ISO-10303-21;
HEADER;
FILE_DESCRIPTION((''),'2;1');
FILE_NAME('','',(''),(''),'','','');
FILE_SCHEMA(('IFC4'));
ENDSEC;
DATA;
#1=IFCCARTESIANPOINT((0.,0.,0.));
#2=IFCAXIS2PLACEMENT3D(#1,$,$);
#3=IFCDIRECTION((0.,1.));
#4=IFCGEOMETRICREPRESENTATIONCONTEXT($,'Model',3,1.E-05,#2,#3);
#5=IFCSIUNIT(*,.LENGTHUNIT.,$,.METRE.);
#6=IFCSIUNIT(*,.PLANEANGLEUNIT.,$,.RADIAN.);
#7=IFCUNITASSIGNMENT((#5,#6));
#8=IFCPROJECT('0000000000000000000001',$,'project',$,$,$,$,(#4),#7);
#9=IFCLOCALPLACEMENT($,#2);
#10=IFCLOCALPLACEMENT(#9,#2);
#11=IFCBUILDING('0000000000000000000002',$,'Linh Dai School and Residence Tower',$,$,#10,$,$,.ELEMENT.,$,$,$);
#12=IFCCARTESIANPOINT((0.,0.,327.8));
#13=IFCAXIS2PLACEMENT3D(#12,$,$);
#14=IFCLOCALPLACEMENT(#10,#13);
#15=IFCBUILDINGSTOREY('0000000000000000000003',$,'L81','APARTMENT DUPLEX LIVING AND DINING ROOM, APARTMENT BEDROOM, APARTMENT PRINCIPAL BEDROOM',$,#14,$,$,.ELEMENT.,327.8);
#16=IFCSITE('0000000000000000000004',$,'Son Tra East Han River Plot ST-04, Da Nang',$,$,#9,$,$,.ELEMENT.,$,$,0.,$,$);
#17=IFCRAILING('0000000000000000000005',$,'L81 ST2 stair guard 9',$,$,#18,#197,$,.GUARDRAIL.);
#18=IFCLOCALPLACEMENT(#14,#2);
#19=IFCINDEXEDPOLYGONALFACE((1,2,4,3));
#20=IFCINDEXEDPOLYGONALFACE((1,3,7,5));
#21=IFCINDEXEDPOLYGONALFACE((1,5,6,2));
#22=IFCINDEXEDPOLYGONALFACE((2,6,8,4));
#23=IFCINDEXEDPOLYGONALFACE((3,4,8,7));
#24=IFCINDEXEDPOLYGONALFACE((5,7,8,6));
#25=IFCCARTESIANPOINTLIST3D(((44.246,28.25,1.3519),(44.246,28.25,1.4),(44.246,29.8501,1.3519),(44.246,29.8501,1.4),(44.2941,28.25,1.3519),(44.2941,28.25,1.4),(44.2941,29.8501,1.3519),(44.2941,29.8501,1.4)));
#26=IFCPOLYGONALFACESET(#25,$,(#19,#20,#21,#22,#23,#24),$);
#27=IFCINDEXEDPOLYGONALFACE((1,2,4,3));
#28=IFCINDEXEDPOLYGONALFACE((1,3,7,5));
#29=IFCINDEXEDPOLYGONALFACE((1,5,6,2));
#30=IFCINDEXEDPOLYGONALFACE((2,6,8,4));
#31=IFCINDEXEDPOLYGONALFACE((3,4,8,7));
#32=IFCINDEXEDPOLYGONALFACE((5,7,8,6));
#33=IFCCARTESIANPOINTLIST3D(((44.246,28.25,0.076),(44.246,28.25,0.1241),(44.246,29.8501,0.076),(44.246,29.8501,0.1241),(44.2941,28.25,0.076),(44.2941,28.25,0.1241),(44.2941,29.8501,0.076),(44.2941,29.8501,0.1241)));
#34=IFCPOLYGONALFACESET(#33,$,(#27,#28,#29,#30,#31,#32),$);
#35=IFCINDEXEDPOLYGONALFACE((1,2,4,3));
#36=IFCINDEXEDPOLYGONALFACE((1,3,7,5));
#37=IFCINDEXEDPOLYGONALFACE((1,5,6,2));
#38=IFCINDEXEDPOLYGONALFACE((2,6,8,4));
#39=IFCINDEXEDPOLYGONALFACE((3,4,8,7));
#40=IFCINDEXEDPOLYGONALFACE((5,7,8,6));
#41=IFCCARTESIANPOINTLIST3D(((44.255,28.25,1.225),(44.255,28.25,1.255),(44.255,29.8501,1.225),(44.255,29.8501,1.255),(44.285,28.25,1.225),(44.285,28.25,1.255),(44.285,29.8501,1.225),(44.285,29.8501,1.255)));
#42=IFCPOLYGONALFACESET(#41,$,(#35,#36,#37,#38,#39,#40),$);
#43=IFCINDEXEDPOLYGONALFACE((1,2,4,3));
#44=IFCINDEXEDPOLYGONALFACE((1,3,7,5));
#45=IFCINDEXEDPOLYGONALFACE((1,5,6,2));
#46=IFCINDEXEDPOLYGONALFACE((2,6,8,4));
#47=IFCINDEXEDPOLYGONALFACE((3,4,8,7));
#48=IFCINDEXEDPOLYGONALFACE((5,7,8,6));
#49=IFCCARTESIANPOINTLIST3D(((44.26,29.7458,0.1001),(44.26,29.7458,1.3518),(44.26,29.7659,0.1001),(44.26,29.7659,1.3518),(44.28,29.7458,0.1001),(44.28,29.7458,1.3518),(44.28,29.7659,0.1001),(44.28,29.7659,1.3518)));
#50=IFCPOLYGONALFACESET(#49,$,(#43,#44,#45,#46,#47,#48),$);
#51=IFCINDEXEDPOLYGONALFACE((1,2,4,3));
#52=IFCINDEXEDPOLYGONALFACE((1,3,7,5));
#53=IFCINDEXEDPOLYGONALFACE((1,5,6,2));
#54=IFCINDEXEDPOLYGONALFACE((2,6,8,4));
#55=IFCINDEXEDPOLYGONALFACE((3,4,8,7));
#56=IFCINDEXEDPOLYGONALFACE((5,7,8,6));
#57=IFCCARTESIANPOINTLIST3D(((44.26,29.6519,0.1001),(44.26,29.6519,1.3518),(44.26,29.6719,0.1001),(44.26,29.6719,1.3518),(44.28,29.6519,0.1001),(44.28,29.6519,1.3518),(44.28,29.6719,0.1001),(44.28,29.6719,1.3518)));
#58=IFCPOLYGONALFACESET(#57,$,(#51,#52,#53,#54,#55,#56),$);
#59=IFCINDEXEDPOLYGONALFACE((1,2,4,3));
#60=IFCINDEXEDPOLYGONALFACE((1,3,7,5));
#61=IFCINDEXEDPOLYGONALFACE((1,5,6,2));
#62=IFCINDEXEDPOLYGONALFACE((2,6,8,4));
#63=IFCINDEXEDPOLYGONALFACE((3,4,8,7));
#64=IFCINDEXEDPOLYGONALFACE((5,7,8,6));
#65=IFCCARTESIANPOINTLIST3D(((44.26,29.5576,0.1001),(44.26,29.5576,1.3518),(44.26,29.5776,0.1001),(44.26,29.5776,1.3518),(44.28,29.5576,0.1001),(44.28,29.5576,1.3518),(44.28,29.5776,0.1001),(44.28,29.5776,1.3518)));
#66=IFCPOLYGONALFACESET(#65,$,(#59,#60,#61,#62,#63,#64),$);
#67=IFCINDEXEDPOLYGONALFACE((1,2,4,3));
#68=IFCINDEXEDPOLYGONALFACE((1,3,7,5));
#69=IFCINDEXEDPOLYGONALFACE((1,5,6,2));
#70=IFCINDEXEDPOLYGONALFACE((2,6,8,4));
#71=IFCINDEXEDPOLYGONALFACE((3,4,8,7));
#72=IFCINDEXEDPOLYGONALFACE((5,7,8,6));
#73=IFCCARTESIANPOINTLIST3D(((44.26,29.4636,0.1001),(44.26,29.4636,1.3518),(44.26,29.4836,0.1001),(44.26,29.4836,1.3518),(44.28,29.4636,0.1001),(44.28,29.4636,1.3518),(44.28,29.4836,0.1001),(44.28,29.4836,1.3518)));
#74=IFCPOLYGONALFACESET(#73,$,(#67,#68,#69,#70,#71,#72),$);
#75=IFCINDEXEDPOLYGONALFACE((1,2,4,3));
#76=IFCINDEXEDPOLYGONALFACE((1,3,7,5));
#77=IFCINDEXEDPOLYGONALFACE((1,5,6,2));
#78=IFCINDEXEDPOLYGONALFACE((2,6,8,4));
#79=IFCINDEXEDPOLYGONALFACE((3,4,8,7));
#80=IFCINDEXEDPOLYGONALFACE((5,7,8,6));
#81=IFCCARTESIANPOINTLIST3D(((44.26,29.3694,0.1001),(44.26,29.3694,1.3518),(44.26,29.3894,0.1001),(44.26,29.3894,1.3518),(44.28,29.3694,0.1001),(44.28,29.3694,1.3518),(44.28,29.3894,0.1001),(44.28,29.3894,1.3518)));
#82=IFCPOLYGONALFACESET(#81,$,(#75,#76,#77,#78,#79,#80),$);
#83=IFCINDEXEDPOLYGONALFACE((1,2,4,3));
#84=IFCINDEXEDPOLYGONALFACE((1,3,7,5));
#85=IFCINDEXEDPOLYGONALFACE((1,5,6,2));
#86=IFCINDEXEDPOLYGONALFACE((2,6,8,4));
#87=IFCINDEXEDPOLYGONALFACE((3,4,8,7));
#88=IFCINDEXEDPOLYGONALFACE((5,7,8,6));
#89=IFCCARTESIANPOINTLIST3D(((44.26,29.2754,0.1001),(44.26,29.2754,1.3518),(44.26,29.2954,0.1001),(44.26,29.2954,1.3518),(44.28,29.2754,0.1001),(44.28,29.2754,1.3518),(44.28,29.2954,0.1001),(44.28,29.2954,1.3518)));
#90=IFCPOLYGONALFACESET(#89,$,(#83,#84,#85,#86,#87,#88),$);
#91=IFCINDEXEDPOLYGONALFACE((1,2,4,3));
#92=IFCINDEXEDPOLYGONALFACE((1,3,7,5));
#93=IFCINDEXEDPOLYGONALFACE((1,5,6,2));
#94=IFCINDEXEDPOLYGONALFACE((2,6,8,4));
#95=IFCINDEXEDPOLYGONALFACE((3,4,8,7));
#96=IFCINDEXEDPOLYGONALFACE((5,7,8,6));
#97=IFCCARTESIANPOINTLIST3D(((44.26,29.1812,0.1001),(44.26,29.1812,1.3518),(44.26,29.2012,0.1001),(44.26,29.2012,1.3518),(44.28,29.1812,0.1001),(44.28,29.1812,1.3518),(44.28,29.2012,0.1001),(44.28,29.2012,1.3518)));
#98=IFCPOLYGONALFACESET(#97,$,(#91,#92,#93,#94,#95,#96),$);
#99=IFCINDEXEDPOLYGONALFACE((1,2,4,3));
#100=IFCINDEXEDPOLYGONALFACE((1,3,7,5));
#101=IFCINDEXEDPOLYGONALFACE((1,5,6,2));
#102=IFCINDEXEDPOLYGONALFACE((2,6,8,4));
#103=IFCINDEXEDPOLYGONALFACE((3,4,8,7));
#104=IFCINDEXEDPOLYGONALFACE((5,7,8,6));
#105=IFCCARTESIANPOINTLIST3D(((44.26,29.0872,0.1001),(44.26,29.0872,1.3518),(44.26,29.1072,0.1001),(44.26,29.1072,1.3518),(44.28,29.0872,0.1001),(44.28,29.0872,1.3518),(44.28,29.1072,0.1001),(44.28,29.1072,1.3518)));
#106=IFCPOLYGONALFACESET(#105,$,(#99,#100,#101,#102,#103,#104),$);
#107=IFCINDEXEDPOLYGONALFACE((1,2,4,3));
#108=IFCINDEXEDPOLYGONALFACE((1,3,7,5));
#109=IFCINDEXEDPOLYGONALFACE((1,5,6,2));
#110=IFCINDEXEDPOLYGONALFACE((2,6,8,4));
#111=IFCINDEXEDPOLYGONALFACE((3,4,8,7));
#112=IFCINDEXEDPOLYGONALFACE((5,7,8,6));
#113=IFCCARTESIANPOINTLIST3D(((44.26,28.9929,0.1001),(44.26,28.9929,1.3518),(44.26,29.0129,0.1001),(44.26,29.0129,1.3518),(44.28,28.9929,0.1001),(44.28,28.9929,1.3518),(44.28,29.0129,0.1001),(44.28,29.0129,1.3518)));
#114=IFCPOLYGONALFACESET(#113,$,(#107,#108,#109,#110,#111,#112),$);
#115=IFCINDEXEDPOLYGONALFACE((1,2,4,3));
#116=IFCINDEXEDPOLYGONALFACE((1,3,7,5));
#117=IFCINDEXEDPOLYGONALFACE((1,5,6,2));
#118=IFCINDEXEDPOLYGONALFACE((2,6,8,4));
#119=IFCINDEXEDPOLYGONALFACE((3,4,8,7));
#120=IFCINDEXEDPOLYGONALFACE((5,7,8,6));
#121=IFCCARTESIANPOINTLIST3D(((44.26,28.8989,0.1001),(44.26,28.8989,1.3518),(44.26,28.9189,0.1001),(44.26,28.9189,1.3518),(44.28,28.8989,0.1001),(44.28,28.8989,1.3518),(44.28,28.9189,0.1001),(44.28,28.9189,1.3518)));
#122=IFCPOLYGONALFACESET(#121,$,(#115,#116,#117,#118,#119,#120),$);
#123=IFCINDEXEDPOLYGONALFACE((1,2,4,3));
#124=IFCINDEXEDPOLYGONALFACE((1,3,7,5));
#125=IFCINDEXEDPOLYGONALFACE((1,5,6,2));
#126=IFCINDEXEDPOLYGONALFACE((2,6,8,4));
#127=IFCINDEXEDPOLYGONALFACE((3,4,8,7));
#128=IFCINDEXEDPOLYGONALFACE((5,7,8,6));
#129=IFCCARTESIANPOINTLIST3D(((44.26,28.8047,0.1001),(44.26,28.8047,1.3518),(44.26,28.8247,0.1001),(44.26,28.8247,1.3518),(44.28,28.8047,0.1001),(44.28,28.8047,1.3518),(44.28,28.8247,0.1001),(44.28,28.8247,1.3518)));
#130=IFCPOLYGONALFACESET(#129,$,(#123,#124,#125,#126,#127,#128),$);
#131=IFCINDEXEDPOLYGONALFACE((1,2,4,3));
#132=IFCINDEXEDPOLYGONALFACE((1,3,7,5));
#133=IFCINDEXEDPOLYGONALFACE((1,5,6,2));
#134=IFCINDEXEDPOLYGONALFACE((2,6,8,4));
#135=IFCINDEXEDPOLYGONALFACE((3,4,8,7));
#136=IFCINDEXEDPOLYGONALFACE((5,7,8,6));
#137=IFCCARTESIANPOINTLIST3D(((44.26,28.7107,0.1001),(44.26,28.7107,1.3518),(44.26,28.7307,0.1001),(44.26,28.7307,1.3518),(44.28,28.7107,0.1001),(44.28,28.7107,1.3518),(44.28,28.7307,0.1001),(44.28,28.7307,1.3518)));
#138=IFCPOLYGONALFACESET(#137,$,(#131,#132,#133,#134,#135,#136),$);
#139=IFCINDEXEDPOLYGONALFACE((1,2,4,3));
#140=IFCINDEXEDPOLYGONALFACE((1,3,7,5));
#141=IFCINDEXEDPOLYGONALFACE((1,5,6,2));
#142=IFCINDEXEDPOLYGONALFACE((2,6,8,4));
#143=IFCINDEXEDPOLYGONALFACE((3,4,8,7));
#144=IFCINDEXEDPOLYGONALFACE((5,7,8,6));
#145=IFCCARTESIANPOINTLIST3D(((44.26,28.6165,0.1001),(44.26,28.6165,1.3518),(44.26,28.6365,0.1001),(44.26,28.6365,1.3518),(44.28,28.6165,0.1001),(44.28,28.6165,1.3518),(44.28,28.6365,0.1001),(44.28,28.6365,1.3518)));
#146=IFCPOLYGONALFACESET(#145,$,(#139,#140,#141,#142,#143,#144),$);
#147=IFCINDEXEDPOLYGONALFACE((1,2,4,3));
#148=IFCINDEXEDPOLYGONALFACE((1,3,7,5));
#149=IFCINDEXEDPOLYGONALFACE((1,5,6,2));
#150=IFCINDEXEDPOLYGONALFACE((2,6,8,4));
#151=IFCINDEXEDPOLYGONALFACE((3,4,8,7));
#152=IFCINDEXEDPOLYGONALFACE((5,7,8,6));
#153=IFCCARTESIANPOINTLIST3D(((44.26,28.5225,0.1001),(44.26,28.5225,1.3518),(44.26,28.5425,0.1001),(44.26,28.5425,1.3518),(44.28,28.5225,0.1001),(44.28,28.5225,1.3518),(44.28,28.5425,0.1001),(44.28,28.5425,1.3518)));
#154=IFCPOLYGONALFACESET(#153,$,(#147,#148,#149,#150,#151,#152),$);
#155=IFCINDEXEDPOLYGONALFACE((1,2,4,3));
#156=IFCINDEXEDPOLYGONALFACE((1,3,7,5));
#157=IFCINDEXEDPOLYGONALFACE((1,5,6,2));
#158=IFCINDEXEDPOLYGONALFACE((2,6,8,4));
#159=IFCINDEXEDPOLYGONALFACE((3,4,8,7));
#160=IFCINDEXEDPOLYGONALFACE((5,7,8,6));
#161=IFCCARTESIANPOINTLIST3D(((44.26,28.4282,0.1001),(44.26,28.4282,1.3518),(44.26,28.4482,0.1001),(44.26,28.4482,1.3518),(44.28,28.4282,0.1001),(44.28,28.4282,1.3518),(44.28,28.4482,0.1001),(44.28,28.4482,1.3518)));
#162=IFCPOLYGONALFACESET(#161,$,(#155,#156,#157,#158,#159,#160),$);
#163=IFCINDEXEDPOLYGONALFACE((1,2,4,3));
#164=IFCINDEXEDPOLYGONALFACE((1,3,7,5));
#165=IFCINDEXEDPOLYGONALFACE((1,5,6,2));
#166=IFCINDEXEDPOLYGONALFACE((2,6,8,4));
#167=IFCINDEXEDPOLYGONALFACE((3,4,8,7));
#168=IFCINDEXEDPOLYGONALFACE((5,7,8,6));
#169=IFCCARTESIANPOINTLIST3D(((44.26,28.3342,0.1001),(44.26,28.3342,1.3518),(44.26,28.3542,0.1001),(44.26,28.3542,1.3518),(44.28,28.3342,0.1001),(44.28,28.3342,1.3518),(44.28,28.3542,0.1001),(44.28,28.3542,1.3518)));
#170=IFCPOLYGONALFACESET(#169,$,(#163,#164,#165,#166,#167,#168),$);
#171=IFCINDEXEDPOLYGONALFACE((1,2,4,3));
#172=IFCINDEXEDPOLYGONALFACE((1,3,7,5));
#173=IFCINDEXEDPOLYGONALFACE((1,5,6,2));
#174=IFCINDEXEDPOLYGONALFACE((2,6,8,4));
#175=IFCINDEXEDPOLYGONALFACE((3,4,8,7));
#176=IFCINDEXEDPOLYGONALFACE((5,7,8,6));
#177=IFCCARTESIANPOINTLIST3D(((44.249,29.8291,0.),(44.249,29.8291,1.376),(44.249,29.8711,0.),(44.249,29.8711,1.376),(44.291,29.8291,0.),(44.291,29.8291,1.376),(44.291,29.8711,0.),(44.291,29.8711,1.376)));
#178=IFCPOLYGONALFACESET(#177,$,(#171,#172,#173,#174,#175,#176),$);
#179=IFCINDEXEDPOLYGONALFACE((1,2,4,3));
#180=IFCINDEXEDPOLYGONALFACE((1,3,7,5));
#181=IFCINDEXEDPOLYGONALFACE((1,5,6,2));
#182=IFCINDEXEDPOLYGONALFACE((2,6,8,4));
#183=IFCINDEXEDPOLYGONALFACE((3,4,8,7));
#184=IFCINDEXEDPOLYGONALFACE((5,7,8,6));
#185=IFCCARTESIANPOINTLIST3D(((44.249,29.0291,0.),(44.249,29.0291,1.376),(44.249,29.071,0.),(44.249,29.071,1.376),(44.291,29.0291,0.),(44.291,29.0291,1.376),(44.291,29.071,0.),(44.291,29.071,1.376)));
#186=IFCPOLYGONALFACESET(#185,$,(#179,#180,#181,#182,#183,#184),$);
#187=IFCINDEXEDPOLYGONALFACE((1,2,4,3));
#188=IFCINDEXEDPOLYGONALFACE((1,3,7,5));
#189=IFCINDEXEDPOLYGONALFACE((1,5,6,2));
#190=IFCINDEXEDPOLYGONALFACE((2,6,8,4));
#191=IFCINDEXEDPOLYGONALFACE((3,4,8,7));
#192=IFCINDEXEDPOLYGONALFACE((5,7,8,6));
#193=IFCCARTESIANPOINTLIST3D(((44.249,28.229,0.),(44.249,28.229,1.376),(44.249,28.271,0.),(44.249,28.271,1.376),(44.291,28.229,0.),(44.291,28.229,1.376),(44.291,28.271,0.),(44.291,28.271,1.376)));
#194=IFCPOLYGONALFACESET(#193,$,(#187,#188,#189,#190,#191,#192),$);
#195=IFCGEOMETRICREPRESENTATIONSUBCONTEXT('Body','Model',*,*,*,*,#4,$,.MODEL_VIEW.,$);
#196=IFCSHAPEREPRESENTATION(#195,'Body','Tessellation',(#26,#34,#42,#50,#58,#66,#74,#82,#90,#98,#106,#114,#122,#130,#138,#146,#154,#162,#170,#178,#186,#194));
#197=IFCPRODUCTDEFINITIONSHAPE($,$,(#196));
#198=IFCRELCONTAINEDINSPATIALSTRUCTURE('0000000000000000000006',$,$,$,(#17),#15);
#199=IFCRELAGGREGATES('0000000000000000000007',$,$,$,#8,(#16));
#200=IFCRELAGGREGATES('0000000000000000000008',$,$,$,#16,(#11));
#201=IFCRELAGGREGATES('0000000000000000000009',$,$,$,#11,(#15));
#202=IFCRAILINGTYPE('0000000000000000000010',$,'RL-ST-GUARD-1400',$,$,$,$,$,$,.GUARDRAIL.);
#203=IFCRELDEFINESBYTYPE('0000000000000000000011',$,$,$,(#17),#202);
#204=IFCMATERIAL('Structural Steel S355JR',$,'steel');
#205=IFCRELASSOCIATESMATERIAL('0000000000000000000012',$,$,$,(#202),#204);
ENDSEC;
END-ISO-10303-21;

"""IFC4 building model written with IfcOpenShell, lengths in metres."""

from ifc_helpers import new_model, si_unit, direction, frame, origin, origin_2d, place, context, subcontext, project, spatial, rectangle, extrude, source, transform, mapped, material, type_object, element, save


model = new_model("IFC4")

# Units and contexts
model_context = context("Model", 3, precision=1e-05, world=origin(), true_north=direction((0.0, 1.0)))
body_context = subcontext(model_context, "Body", "Model", "MODEL_VIEW")
ifc_project = project(units=[si_unit("LENGTHUNIT", "METRE"), si_unit("PLANEANGLEUNIT", "RADIAN")], contexts=[model_context])

# Site, building, storey
site_placement = place(None, origin())
site = spatial("IfcSite", under=ifc_project, at=site_placement, Name="Son Tra East Han River Plot ST-04, Da Nang", CompositionType="ELEMENT", RefElevation=0.0)
building_placement = place(site_placement, origin())
building = spatial("IfcBuilding", under=site, at=building_placement, Name="Linh Dai School and Residence Tower", CompositionType="ELEMENT")
storey_placement = place(building_placement, frame((0.0, 0.0, 327.8)))
storey = spatial("IfcBuildingStorey", under=building, at=storey_placement, Name="L81", Description="APARTMENT DUPLEX LIVING AND DINING ROOM, APARTMENT BEDROOM, APARTMENT PRINCIPAL BEDROOM", CompositionType="ELEMENT", Elevation=327.8)

# Shared definitions
ifc_material_1 = material(Name="Structural Steel S355JR", Category="steel")

# Railing
railing_type_1 = type_object("IfcRailingType", Name="RL-ST-GUARD-1400", PredefinedType="GUARDRAIL", material=ifc_material_1)
shared_shape_1 = source(origin(), body_context, "Body", "SweptSolid", [
    extrude(rectangle(XDim=0.0481, YDim=0.0481, at=origin_2d()), frame((0.0, 0.0, 1.376), z_axis=(0.0, -1.0, 0.0), x_axis=(1.0, 0.0, 0.0)), (0.0, 0.0, 1.0), 1.6001),
    extrude(rectangle(XDim=0.0481, YDim=0.0481, at=origin_2d()), frame((0.0, 0.0, 0.1001), z_axis=(0.0, -1.0, 0.0), x_axis=(1.0, 0.0, 0.0)), (0.0, 0.0, 1.0), 1.6001),
    extrude(rectangle(XDim=0.03, YDim=0.03, at=origin_2d()), frame((0.0, 0.0, 1.24), z_axis=(0.0, -1.0, 0.0), x_axis=(1.0, 0.0, 0.0)), (0.0, 0.0, 1.0), 1.6001),
    extrude(rectangle(XDim=0.02, YDim=0.02, at=origin_2d()), frame((0.0, -0.0942, 0.1001)), (0.0, 0.0, 1.0), 1.2517),
    extrude(rectangle(XDim=0.02, YDim=0.02, at=origin_2d()), frame((0.0, -0.1882, 0.1001)), (0.0, 0.0, 1.0), 1.2517),
    extrude(rectangle(XDim=0.02, YDim=0.02, at=origin_2d()), frame((0.0, -0.2825, 0.1001)), (0.0, 0.0, 1.0), 1.2517),
    extrude(rectangle(XDim=0.02, YDim=0.02, at=origin_2d()), frame((0.0, -0.3765, 0.1001)), (0.0, 0.0, 1.0), 1.2517),
    extrude(rectangle(XDim=0.02, YDim=0.02, at=origin_2d()), frame((0.0, -0.4707, 0.1001)), (0.0, 0.0, 1.0), 1.2517),
    extrude(rectangle(XDim=0.02, YDim=0.02, at=origin_2d()), frame((0.0, -0.5647, 0.1001)), (0.0, 0.0, 1.0), 1.2517),
    extrude(rectangle(XDim=0.02, YDim=0.02, at=origin_2d()), frame((0.0, -0.6589, 0.1001)), (0.0, 0.0, 1.0), 1.2517),
    extrude(rectangle(XDim=0.02, YDim=0.02, at=origin_2d()), frame((0.0, -0.7529, 0.1001)), (0.0, 0.0, 1.0), 1.2517),
    extrude(rectangle(XDim=0.02, YDim=0.02, at=origin_2d()), frame((0.0, -0.8472, 0.1001)), (0.0, 0.0, 1.0), 1.2517),
    extrude(rectangle(XDim=0.02, YDim=0.02, at=origin_2d()), frame((0.0, -0.9412, 0.1001)), (0.0, 0.0, 1.0), 1.2517),
    extrude(rectangle(XDim=0.02, YDim=0.02, at=origin_2d()), frame((0.0, -1.0354, 0.1001)), (0.0, 0.0, 1.0), 1.2517),
    extrude(rectangle(XDim=0.02, YDim=0.02, at=origin_2d()), frame((0.0, -1.1294, 0.1001)), (0.0, 0.0, 1.0), 1.2517),
    extrude(rectangle(XDim=0.02, YDim=0.02, at=origin_2d()), frame((0.0, -1.2236, 0.1001)), (0.0, 0.0, 1.0), 1.2517),
    extrude(rectangle(XDim=0.02, YDim=0.02, at=origin_2d()), frame((0.0, -1.3176, 0.1001)), (0.0, 0.0, 1.0), 1.2517),
    extrude(rectangle(XDim=0.02, YDim=0.02, at=origin_2d()), frame((0.0, -1.4119, 0.1001)), (0.0, 0.0, 1.0), 1.2517),
    extrude(rectangle(XDim=0.02, YDim=0.02, at=origin_2d()), frame((0.0, -1.5059, 0.1001)), (0.0, 0.0, 1.0), 1.2517),
    extrude(rectangle(XDim=0.042, YDim=0.042, at=origin_2d()), origin(), (0.0, 0.0, 1.0), 1.376),
    extrude(rectangle(XDim=0.042, YDim=0.042, at=origin_2d()), frame((0.0, -0.8, 0.0)), (0.0, 0.0, 1.0), 1.376),
    extrude(rectangle(XDim=0.042, YDim=0.042, at=origin_2d()), frame((0.0, -1.6001, 0.0)), (0.0, 0.0, 1.0), 1.376),
])
for number, where, name in (
    (1, (44.27, 29.8501, 0.0), "L81 ST2 stair guard 9"),
):
    element("IfcRailing", number, at=place(storey_placement, frame(where)), inside=storey, type_object=railing_type_1, Name=name, PredefinedType="GUARDRAIL", context=body_context, shape_type="MappedRepresentation", body=[
        mapped(shared_shape_1, transform((0.0, 0.0, 0.0), x_axis=(1.0, 0.0, 0.0), y_axis=(0.0, 1.0, 0.0), z_axis=(0.0, 0.0, 1.0), scale=1.0)),
    ])

save(model, "model.ifc")
